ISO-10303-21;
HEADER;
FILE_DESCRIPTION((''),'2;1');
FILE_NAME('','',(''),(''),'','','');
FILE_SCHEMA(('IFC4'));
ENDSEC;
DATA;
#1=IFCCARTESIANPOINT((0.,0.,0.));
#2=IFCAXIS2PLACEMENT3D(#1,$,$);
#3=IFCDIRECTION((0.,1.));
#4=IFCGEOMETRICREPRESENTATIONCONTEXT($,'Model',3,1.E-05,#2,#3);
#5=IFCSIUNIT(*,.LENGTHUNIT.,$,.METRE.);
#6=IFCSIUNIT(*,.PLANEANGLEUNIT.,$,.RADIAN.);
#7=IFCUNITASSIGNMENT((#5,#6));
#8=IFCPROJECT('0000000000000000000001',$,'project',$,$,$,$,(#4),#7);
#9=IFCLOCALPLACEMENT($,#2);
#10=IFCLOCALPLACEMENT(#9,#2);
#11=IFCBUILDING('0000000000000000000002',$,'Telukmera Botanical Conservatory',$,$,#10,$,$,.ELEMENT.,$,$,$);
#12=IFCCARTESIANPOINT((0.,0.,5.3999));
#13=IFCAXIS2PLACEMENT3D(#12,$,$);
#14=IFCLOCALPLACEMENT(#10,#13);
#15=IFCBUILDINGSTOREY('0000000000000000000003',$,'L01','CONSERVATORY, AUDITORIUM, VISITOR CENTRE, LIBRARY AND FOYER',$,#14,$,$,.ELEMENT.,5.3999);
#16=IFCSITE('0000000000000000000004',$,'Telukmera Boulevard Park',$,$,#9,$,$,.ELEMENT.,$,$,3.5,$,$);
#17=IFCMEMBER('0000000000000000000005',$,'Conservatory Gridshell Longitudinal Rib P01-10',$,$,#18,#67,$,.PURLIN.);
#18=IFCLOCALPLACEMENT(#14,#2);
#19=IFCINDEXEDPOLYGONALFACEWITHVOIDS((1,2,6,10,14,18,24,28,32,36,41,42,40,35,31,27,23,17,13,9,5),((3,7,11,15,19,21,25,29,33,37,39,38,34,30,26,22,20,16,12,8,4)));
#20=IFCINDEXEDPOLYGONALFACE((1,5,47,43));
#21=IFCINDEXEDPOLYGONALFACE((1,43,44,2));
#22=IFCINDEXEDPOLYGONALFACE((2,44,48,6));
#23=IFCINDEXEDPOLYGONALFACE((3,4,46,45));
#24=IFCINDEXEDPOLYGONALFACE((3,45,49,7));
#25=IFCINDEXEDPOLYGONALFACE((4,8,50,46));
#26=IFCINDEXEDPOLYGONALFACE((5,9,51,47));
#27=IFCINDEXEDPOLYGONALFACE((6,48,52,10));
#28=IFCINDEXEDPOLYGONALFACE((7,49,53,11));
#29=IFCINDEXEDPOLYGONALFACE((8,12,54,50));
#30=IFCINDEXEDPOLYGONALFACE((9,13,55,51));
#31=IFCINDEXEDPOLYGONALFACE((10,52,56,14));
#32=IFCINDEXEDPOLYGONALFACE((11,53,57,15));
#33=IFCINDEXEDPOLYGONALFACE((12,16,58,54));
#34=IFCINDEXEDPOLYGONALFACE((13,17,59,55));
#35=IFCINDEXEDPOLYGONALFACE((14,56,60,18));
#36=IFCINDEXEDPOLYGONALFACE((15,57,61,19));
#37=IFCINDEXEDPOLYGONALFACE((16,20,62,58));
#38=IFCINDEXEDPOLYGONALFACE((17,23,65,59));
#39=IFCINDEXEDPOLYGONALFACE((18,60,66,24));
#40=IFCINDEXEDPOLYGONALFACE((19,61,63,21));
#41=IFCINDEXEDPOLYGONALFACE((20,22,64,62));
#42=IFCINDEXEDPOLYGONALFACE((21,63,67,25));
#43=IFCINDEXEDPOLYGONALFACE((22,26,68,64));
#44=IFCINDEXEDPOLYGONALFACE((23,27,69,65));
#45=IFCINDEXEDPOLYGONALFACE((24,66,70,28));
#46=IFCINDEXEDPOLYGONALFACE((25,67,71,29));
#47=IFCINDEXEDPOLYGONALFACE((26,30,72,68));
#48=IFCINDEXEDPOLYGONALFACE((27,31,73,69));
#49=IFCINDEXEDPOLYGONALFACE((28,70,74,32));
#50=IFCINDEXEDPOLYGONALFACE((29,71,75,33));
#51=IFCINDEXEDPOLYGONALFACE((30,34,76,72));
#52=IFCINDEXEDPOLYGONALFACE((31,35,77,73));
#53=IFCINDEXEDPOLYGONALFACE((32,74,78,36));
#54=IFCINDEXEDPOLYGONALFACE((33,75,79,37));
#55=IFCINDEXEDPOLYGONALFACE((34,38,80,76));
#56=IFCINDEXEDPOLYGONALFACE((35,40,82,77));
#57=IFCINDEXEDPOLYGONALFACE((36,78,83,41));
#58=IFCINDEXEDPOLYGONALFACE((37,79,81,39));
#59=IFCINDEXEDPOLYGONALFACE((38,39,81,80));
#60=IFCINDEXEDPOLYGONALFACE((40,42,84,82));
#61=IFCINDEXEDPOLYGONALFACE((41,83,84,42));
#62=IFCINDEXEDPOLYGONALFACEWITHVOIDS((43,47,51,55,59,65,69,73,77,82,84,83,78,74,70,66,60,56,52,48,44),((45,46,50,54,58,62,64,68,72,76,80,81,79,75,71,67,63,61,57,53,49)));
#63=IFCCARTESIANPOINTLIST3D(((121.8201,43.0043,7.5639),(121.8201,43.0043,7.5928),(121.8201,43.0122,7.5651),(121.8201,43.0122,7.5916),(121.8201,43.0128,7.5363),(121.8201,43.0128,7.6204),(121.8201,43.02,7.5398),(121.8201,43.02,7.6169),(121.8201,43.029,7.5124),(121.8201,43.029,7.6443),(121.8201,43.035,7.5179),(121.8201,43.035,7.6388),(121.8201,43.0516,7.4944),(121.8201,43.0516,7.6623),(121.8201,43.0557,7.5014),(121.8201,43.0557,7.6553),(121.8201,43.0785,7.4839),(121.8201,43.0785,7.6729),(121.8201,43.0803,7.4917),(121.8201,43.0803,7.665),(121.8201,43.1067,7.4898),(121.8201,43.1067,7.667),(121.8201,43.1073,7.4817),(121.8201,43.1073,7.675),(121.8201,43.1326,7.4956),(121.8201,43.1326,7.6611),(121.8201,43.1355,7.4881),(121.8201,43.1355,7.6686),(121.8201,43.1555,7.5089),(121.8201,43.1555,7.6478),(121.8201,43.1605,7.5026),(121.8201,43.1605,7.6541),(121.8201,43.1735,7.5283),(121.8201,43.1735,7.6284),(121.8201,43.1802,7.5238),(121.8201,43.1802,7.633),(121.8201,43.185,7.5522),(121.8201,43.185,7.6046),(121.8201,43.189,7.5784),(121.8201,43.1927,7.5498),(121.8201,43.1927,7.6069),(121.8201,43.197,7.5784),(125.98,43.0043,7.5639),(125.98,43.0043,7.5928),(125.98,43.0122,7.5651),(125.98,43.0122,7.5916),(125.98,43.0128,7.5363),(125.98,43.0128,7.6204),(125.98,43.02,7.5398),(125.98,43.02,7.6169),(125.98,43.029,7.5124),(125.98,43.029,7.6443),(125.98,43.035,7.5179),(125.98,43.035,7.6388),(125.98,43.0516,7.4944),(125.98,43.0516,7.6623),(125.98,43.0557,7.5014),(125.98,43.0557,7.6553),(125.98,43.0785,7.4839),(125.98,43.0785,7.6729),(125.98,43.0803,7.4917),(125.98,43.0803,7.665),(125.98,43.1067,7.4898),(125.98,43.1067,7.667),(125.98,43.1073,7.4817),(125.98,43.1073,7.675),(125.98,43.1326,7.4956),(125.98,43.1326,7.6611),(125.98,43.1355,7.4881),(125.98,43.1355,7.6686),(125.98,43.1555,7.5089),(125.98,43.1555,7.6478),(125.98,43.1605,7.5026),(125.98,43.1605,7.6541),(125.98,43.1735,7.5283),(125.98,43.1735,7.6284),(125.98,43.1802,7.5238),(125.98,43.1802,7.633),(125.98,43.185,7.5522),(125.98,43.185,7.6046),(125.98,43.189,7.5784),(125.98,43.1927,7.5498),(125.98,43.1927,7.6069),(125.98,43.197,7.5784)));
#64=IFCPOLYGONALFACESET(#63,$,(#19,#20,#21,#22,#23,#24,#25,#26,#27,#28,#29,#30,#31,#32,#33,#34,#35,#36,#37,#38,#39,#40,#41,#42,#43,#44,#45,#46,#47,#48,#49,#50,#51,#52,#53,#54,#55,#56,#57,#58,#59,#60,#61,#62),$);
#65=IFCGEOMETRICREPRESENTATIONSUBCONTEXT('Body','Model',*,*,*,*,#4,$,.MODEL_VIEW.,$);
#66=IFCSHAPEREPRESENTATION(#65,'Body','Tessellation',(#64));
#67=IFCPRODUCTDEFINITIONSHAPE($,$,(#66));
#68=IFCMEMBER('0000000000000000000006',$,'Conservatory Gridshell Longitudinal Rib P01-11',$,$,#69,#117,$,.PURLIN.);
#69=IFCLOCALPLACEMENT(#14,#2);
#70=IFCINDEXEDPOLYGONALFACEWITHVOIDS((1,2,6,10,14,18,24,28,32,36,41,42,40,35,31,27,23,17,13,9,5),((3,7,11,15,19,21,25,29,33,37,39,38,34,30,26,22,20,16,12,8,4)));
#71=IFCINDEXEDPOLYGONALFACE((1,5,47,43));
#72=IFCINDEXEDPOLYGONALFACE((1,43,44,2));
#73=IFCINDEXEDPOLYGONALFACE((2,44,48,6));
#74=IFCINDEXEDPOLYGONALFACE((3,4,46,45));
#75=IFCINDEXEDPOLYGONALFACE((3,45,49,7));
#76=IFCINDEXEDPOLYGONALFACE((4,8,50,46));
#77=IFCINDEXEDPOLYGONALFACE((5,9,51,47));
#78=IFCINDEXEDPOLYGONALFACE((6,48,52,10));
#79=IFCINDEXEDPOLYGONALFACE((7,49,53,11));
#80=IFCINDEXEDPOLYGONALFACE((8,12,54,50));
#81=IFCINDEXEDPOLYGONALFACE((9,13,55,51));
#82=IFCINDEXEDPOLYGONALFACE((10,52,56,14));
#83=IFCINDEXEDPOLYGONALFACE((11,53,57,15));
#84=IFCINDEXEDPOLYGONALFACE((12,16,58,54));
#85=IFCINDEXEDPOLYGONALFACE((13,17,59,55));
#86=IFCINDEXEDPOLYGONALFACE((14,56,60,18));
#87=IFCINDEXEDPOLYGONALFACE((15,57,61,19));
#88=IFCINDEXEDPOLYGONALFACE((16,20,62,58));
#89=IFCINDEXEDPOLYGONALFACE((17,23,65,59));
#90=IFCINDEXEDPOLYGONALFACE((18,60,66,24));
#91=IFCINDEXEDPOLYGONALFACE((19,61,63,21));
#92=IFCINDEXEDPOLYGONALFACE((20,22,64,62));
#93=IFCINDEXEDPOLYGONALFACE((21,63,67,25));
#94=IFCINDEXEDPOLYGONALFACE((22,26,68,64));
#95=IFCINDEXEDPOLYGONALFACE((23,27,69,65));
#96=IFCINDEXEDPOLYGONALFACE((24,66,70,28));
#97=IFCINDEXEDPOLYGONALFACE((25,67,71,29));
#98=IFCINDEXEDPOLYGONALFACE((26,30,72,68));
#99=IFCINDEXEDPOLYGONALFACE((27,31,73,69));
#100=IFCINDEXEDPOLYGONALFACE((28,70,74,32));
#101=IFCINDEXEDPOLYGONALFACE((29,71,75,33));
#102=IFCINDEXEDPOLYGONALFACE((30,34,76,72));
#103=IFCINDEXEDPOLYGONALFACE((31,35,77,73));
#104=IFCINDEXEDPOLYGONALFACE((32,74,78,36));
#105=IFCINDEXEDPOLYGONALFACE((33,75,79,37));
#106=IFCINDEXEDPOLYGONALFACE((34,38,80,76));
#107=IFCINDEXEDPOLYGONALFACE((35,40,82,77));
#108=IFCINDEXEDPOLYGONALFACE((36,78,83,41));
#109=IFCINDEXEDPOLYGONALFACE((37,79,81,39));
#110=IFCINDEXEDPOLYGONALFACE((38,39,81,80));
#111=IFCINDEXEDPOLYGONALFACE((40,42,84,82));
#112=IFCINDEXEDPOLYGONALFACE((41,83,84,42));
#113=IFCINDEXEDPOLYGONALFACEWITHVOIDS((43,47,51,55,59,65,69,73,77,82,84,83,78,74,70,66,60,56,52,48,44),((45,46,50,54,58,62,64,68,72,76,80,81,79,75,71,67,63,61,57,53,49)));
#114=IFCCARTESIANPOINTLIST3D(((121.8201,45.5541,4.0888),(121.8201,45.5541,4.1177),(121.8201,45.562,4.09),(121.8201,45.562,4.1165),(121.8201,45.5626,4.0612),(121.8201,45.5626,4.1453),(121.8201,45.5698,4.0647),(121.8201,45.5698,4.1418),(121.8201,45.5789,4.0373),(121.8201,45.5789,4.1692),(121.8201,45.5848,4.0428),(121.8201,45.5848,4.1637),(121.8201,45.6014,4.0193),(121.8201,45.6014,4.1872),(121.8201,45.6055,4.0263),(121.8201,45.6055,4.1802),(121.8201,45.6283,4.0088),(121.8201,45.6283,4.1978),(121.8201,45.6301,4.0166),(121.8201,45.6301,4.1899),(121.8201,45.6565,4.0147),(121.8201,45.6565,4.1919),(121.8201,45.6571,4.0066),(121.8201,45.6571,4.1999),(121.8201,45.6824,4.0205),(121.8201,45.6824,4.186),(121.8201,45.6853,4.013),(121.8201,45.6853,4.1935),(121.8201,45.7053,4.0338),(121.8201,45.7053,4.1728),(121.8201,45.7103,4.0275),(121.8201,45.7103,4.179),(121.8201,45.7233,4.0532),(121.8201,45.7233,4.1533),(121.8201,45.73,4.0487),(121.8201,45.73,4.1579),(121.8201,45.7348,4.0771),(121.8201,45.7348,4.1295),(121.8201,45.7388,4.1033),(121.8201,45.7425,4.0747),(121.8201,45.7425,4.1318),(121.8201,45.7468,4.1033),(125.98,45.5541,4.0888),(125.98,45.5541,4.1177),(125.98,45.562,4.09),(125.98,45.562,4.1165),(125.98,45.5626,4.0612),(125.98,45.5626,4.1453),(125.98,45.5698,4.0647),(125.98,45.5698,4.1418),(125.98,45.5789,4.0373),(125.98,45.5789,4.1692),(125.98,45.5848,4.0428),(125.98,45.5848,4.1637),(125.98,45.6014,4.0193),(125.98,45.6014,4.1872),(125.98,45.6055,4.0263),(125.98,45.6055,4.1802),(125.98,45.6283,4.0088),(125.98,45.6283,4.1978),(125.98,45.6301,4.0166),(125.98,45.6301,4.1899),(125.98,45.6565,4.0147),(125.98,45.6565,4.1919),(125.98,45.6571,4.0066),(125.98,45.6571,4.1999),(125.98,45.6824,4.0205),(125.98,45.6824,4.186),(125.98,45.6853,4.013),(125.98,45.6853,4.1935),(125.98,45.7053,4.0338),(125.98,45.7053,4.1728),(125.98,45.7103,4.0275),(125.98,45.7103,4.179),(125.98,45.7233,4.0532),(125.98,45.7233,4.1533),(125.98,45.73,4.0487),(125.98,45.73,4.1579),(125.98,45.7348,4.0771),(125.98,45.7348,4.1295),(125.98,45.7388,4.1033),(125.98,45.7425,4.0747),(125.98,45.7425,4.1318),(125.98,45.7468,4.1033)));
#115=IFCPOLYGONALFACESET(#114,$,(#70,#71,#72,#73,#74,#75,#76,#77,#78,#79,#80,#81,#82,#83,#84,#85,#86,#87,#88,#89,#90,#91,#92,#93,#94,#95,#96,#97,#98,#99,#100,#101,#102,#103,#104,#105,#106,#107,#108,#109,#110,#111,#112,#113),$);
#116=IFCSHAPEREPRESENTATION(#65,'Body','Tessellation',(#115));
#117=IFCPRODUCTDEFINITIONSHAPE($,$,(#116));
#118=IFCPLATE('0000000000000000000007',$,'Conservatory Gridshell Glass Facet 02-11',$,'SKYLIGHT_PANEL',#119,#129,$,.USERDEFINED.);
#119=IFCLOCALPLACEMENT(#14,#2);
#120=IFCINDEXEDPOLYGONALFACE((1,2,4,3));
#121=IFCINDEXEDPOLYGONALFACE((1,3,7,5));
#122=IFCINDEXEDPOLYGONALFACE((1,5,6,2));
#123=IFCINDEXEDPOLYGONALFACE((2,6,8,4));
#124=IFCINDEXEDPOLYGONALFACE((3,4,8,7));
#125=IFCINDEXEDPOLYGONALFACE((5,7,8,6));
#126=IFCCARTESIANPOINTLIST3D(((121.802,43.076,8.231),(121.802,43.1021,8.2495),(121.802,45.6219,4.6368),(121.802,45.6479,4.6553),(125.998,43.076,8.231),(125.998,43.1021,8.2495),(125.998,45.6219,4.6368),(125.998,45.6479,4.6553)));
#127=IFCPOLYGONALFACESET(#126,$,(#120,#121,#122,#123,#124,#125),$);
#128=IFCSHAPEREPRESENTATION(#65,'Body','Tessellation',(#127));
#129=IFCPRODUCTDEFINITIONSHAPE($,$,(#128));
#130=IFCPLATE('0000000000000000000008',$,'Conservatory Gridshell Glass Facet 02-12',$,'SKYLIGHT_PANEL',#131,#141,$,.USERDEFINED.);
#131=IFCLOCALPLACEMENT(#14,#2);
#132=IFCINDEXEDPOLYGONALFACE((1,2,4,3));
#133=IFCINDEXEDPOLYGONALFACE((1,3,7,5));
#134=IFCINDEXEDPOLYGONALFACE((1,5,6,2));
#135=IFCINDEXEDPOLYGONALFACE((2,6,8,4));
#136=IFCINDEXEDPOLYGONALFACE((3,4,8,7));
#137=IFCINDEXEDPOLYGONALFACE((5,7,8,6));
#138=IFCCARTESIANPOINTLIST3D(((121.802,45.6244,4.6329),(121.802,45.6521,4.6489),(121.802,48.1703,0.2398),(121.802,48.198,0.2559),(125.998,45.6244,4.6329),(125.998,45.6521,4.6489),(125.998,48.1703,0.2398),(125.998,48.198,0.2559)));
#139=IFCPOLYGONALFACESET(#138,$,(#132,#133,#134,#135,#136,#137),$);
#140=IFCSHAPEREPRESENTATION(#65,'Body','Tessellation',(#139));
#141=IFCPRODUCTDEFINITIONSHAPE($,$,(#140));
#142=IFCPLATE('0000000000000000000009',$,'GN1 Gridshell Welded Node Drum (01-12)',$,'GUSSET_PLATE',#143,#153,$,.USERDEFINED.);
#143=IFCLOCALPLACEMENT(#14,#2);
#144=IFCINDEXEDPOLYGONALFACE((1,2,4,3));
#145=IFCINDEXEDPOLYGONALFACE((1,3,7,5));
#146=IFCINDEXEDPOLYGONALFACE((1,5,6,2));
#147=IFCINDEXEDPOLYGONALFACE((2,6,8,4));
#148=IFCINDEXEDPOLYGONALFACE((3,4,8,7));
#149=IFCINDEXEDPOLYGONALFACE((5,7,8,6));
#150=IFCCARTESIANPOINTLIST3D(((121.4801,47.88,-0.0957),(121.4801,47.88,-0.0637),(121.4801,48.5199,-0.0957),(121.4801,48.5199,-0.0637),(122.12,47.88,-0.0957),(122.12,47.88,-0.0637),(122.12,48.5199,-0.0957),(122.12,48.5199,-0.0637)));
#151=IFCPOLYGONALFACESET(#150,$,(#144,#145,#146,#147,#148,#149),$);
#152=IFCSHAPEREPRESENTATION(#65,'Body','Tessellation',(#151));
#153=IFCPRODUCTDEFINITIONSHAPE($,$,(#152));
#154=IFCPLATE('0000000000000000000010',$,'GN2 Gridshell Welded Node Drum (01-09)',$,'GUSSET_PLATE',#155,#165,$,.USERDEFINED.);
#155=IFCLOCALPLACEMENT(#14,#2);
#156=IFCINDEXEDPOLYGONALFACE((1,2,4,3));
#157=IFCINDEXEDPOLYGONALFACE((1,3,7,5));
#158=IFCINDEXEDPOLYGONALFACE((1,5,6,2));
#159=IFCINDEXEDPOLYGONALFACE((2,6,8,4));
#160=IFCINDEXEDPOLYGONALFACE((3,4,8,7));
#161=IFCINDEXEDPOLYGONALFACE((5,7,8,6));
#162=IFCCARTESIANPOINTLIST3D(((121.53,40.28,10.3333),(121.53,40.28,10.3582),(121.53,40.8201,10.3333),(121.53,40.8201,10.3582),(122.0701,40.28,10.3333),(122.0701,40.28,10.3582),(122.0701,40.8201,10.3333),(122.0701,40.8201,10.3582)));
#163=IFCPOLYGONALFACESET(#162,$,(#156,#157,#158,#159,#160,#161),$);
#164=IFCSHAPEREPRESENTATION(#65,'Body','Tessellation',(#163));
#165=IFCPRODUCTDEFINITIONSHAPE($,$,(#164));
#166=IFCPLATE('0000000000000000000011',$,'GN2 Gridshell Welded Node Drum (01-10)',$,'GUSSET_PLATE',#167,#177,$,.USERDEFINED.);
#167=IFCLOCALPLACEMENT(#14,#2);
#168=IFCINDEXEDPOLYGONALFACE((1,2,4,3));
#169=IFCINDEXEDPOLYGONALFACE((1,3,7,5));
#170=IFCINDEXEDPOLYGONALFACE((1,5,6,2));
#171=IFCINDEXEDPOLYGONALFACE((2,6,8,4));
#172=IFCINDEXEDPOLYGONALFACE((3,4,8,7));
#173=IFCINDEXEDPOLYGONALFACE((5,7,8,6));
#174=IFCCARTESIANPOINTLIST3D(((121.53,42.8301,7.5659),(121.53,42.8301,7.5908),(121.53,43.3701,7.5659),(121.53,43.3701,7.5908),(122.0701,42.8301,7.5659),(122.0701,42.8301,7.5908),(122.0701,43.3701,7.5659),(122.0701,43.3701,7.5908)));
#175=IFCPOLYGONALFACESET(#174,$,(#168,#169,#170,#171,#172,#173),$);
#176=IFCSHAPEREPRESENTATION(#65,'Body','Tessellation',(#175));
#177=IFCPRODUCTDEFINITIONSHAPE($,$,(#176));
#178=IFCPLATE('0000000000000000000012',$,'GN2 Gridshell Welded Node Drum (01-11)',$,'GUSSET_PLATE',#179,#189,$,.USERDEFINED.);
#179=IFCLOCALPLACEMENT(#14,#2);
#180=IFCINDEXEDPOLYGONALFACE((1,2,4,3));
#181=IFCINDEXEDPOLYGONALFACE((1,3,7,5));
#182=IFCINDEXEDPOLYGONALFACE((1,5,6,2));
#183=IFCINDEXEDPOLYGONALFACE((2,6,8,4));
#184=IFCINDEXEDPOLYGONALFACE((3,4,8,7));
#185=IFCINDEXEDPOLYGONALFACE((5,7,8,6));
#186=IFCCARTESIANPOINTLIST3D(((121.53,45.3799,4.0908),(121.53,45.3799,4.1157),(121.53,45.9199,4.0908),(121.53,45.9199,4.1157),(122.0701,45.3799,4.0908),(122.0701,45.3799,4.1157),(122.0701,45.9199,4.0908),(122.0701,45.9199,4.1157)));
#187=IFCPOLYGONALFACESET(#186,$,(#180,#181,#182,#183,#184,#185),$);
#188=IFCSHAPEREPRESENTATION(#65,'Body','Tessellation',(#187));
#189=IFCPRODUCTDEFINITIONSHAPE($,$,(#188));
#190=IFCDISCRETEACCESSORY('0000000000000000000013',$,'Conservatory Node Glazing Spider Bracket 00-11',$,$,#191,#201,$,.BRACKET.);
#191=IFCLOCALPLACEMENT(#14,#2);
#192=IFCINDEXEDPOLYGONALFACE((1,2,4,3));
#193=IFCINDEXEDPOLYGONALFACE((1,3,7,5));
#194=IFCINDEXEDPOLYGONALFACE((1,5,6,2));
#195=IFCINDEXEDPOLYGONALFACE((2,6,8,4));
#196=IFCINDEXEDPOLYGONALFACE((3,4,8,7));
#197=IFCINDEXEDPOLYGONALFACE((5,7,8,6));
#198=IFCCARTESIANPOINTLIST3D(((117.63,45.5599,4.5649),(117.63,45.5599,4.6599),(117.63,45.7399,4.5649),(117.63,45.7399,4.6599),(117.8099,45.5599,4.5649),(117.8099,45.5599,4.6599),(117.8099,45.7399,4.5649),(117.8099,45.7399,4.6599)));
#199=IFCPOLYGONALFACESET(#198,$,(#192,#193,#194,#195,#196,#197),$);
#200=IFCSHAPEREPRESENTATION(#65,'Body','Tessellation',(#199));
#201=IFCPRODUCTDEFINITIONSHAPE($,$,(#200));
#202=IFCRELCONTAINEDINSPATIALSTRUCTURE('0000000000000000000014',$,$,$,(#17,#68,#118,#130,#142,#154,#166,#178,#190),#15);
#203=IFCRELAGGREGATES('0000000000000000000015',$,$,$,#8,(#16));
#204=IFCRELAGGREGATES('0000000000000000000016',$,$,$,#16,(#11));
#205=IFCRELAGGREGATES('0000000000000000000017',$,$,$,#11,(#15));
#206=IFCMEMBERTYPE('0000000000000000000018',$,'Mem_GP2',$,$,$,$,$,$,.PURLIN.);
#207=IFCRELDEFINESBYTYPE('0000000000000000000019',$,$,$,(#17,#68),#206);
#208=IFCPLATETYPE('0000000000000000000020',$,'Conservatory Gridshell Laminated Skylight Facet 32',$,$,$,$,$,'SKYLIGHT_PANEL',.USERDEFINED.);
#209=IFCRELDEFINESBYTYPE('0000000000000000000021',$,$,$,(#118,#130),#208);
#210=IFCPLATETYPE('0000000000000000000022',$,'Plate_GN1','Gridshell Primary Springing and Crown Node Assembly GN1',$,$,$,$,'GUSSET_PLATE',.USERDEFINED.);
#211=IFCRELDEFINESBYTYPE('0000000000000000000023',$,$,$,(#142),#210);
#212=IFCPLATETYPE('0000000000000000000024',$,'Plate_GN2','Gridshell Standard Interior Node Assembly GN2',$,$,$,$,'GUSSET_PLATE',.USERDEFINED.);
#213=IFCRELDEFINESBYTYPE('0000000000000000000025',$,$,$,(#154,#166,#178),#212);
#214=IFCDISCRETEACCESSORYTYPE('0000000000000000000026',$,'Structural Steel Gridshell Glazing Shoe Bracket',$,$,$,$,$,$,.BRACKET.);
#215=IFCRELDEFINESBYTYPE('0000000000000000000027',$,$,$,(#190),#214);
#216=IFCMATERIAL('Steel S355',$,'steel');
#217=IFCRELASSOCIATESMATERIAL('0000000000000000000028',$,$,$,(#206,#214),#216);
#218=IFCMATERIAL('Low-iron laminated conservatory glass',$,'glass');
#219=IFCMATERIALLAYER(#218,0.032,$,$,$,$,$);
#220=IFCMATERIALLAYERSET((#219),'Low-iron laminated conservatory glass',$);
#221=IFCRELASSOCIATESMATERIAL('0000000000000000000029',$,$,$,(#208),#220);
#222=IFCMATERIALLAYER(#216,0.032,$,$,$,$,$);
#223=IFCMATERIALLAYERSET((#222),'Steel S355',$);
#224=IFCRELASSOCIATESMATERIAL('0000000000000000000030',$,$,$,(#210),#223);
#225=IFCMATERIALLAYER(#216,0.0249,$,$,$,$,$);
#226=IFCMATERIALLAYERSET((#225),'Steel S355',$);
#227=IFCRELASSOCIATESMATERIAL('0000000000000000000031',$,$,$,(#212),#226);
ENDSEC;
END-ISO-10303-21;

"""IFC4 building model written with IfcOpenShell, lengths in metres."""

from ifc_helpers import new_model, si_unit, direction, frame, origin, origin_2d, place, context, subcontext, project, spatial, polyline, rectangle, hollow_circle, outline, extrude, material, layer, layer_set, material_profile, profile_set, type_object, element, save


model = new_model("IFC4")

# Units and contexts
model_context = context("Model", 3, precision=1e-05, world=origin(), true_north=direction((0.0, 1.0)))
body_context = subcontext(model_context, "Body", "Model", "MODEL_VIEW")
ifc_project = project(units=[si_unit("LENGTHUNIT", "METRE"), si_unit("PLANEANGLEUNIT", "RADIAN")], contexts=[model_context])

# Site, building, storey
site_placement = place(None, origin())
site = spatial("IfcSite", under=ifc_project, at=site_placement, Name="Telukmera Boulevard Park", CompositionType="ELEMENT", RefElevation=3.5)
building_placement = place(site_placement, origin())
building = spatial("IfcBuilding", under=site, at=building_placement, Name="Telukmera Botanical Conservatory", CompositionType="ELEMENT")
storey_placement = place(building_placement, frame((0.0, 0.0, 5.3999)))
storey = spatial("IfcBuildingStorey", under=building, at=storey_placement, Name="L01", Description="CONSERVATORY, AUDITORIUM, VISITOR CENTRE, LIBRARY AND FOYER", CompositionType="ELEMENT", Elevation=5.3999)

# Members
ifc_material_1 = material(Name="Steel S355", Category="steel")
ifc_material_profile_1 = material_profile(ifc_material_1, hollow_circle(Radius=0.0969, WallThickness=0.0081, at=origin_2d()), Name="CHS 193.7x8.0")
ifc_profile_set_1 = profile_set([ifc_material_profile_1], Name="Steel S355")
member_type_1 = type_object("IfcMemberType", Name="Mem_GP2", PredefinedType="PURLIN", material=ifc_profile_set_1)
for number, where, z_axis, x_axis, name in (
    (1, (121.8201, 43.1001, 7.5784), (1.0, 0.0, 0.0), (0.0, 1.0, 0.0), "Conservatory Gridshell Longitudinal Rib P01-10"),
    (2, (121.8201, 45.6499, 4.1033), (1.0, 0.0, 0.0), (0.0, 1.0, 0.0), "Conservatory Gridshell Longitudinal Rib P01-11"),
):
    element("IfcMember", number, at=place(storey_placement, frame(where, z_axis=z_axis, x_axis=x_axis)), inside=storey, type_object=member_type_1, Name=name, PredefinedType="PURLIN", context=body_context, shape_type="SweptSolid", body=[
        extrude(hollow_circle(Radius=0.0969, WallThickness=0.0081, at=origin_2d()), origin(), (0.0, 0.0, 1.0), 4.1599),
    ])

# Plates
ifc_material_2 = material(Name="Low-iron laminated conservatory glass", Category="glass")
ifc_layer_1 = layer(ifc_material_2, 0.032)
ifc_layer_set_1 = layer_set([ifc_layer_1], Name="Low-iron laminated conservatory glass")
plate_type_1 = type_object("IfcPlateType", Name="Conservatory Gridshell Laminated Skylight Facet 32", ElementType="SKYLIGHT_PANEL", PredefinedType="USERDEFINED", material=ifc_layer_set_1)
plate_1_placement = place(storey_placement, frame((121.802, 43.1021, 8.2495), z_axis=(0.0, 0.816027, 0.578014), x_axis=(1.0, 0.0, 0.0)))
element("IfcPlate", 3, at=plate_1_placement, inside=storey, type_object=plate_type_1, Name="Conservatory Gridshell Glass Facet 02-11", ObjectType="SKYLIGHT_PANEL", PredefinedType="USERDEFINED", context=body_context, shape_type="SweptSolid", body=[
    extrude(outline(polyline([(0.0, 0.0), (4.196, 0.0), (4.196, 4.4046), (0.0, 4.4046), (0.0, 0.0)])), origin(), (0.0, 0.0, -1.0), 0.032),
])
plate_2_placement = place(storey_placement, frame((121.802, 45.6521, 4.6489), z_axis=(0.0, 0.865209, 0.501412), x_axis=(1.0, 0.0, 0.0)))
element("IfcPlate", 4, at=plate_2_placement, inside=storey, type_object=plate_type_1, Name="Conservatory Gridshell Glass Facet 02-12", ObjectType="SKYLIGHT_PANEL", PredefinedType="USERDEFINED", context=body_context, shape_type="SweptSolid", body=[
    extrude(outline(polyline([(0.0, 0.0), (4.196, 0.0), (4.196, 5.0775), (0.0, 5.0775), (0.0, 0.0)])), origin(), (0.0, 0.0, -1.0), 0.032),
])
ifc_layer_2 = layer(ifc_material_1, 0.032)
ifc_layer_set_2 = layer_set([ifc_layer_2], Name="Steel S355")
plate_type_2 = type_object("IfcPlateType", Name="Plate_GN1", Description="Gridshell Primary Springing and Crown Node Assembly GN1", ElementType="GUSSET_PLATE", PredefinedType="USERDEFINED", material=ifc_layer_set_2)
plate_3_placement = place(storey_placement, frame((121.8, 48.2, -0.0957), z_axis=(0.0, 0.0, 1.0), x_axis=(1.0, 0.0, 0.0)))
element("IfcPlate", 5, at=plate_3_placement, inside=storey, type_object=plate_type_2, Name="GN1 Gridshell Welded Node Drum (01-12)", ObjectType="GUSSET_PLATE", PredefinedType="USERDEFINED", context=body_context, shape_type="SweptSolid", body=[
    extrude(rectangle(XDim=0.6399, YDim=0.6399, at=origin_2d()), origin(), (0.0, 0.0, 1.0), 0.032),
])
ifc_layer_3 = layer(ifc_material_1, 0.0249)
ifc_layer_set_3 = layer_set([ifc_layer_3], Name="Steel S355")
plate_type_3 = type_object("IfcPlateType", Name="Plate_GN2", Description="Gridshell Standard Interior Node Assembly GN2", ElementType="GUSSET_PLATE", PredefinedType="USERDEFINED", material=ifc_layer_set_3)
for number, where, z_axis, x_axis, name in (
    (6, (121.8, 40.55, 10.3333), (0.0, 0.0, 1.0), (1.0, 0.0, 0.0), "GN2 Gridshell Welded Node Drum (01-09)"),
    (7, (121.8, 43.1001, 7.5659), (0.0, 0.0, 1.0), (1.0, 0.0, 0.0), "GN2 Gridshell Welded Node Drum (01-10)"),
    (8, (121.8, 45.6499, 4.0908), (0.0, 0.0, 1.0), (1.0, 0.0, 0.0), "GN2 Gridshell Welded Node Drum (01-11)"),
):
    element("IfcPlate", number, at=place(storey_placement, frame(where, z_axis=z_axis, x_axis=x_axis)), inside=storey, type_object=plate_type_3, Name=name, ObjectType="GUSSET_PLATE", PredefinedType="USERDEFINED", context=body_context, shape_type="SweptSolid", body=[
        extrude(rectangle(XDim=0.54, YDim=0.54, at=origin_2d()), origin(), (0.0, 0.0, 1.0), 0.0249),
    ])

# Discrete accessory
discrete_accessory_type = type_object("IfcDiscreteAccessoryType", Name="Structural Steel Gridshell Glazing Shoe Bracket", PredefinedType="BRACKET", material=ifc_material_1)
for number, where, z_axis, x_axis, name in (
    (9, (117.72, 45.6499, 4.5649), (0.0, 0.0, 1.0), (1.0, 0.0, 0.0), "Conservatory Node Glazing Spider Bracket 00-11"),
):
    element("IfcDiscreteAccessory", number, at=place(storey_placement, frame(where, z_axis=z_axis, x_axis=x_axis)), inside=storey, type_object=discrete_accessory_type, Name=name, PredefinedType="BRACKET", context=body_context, shape_type="SweptSolid", body=[
        extrude(rectangle(XDim=0.1799, YDim=0.1799, at=origin_2d()), origin(), (0.0, 0.0, 1.0), 0.095),
    ])

save(model, "model.ifc")
